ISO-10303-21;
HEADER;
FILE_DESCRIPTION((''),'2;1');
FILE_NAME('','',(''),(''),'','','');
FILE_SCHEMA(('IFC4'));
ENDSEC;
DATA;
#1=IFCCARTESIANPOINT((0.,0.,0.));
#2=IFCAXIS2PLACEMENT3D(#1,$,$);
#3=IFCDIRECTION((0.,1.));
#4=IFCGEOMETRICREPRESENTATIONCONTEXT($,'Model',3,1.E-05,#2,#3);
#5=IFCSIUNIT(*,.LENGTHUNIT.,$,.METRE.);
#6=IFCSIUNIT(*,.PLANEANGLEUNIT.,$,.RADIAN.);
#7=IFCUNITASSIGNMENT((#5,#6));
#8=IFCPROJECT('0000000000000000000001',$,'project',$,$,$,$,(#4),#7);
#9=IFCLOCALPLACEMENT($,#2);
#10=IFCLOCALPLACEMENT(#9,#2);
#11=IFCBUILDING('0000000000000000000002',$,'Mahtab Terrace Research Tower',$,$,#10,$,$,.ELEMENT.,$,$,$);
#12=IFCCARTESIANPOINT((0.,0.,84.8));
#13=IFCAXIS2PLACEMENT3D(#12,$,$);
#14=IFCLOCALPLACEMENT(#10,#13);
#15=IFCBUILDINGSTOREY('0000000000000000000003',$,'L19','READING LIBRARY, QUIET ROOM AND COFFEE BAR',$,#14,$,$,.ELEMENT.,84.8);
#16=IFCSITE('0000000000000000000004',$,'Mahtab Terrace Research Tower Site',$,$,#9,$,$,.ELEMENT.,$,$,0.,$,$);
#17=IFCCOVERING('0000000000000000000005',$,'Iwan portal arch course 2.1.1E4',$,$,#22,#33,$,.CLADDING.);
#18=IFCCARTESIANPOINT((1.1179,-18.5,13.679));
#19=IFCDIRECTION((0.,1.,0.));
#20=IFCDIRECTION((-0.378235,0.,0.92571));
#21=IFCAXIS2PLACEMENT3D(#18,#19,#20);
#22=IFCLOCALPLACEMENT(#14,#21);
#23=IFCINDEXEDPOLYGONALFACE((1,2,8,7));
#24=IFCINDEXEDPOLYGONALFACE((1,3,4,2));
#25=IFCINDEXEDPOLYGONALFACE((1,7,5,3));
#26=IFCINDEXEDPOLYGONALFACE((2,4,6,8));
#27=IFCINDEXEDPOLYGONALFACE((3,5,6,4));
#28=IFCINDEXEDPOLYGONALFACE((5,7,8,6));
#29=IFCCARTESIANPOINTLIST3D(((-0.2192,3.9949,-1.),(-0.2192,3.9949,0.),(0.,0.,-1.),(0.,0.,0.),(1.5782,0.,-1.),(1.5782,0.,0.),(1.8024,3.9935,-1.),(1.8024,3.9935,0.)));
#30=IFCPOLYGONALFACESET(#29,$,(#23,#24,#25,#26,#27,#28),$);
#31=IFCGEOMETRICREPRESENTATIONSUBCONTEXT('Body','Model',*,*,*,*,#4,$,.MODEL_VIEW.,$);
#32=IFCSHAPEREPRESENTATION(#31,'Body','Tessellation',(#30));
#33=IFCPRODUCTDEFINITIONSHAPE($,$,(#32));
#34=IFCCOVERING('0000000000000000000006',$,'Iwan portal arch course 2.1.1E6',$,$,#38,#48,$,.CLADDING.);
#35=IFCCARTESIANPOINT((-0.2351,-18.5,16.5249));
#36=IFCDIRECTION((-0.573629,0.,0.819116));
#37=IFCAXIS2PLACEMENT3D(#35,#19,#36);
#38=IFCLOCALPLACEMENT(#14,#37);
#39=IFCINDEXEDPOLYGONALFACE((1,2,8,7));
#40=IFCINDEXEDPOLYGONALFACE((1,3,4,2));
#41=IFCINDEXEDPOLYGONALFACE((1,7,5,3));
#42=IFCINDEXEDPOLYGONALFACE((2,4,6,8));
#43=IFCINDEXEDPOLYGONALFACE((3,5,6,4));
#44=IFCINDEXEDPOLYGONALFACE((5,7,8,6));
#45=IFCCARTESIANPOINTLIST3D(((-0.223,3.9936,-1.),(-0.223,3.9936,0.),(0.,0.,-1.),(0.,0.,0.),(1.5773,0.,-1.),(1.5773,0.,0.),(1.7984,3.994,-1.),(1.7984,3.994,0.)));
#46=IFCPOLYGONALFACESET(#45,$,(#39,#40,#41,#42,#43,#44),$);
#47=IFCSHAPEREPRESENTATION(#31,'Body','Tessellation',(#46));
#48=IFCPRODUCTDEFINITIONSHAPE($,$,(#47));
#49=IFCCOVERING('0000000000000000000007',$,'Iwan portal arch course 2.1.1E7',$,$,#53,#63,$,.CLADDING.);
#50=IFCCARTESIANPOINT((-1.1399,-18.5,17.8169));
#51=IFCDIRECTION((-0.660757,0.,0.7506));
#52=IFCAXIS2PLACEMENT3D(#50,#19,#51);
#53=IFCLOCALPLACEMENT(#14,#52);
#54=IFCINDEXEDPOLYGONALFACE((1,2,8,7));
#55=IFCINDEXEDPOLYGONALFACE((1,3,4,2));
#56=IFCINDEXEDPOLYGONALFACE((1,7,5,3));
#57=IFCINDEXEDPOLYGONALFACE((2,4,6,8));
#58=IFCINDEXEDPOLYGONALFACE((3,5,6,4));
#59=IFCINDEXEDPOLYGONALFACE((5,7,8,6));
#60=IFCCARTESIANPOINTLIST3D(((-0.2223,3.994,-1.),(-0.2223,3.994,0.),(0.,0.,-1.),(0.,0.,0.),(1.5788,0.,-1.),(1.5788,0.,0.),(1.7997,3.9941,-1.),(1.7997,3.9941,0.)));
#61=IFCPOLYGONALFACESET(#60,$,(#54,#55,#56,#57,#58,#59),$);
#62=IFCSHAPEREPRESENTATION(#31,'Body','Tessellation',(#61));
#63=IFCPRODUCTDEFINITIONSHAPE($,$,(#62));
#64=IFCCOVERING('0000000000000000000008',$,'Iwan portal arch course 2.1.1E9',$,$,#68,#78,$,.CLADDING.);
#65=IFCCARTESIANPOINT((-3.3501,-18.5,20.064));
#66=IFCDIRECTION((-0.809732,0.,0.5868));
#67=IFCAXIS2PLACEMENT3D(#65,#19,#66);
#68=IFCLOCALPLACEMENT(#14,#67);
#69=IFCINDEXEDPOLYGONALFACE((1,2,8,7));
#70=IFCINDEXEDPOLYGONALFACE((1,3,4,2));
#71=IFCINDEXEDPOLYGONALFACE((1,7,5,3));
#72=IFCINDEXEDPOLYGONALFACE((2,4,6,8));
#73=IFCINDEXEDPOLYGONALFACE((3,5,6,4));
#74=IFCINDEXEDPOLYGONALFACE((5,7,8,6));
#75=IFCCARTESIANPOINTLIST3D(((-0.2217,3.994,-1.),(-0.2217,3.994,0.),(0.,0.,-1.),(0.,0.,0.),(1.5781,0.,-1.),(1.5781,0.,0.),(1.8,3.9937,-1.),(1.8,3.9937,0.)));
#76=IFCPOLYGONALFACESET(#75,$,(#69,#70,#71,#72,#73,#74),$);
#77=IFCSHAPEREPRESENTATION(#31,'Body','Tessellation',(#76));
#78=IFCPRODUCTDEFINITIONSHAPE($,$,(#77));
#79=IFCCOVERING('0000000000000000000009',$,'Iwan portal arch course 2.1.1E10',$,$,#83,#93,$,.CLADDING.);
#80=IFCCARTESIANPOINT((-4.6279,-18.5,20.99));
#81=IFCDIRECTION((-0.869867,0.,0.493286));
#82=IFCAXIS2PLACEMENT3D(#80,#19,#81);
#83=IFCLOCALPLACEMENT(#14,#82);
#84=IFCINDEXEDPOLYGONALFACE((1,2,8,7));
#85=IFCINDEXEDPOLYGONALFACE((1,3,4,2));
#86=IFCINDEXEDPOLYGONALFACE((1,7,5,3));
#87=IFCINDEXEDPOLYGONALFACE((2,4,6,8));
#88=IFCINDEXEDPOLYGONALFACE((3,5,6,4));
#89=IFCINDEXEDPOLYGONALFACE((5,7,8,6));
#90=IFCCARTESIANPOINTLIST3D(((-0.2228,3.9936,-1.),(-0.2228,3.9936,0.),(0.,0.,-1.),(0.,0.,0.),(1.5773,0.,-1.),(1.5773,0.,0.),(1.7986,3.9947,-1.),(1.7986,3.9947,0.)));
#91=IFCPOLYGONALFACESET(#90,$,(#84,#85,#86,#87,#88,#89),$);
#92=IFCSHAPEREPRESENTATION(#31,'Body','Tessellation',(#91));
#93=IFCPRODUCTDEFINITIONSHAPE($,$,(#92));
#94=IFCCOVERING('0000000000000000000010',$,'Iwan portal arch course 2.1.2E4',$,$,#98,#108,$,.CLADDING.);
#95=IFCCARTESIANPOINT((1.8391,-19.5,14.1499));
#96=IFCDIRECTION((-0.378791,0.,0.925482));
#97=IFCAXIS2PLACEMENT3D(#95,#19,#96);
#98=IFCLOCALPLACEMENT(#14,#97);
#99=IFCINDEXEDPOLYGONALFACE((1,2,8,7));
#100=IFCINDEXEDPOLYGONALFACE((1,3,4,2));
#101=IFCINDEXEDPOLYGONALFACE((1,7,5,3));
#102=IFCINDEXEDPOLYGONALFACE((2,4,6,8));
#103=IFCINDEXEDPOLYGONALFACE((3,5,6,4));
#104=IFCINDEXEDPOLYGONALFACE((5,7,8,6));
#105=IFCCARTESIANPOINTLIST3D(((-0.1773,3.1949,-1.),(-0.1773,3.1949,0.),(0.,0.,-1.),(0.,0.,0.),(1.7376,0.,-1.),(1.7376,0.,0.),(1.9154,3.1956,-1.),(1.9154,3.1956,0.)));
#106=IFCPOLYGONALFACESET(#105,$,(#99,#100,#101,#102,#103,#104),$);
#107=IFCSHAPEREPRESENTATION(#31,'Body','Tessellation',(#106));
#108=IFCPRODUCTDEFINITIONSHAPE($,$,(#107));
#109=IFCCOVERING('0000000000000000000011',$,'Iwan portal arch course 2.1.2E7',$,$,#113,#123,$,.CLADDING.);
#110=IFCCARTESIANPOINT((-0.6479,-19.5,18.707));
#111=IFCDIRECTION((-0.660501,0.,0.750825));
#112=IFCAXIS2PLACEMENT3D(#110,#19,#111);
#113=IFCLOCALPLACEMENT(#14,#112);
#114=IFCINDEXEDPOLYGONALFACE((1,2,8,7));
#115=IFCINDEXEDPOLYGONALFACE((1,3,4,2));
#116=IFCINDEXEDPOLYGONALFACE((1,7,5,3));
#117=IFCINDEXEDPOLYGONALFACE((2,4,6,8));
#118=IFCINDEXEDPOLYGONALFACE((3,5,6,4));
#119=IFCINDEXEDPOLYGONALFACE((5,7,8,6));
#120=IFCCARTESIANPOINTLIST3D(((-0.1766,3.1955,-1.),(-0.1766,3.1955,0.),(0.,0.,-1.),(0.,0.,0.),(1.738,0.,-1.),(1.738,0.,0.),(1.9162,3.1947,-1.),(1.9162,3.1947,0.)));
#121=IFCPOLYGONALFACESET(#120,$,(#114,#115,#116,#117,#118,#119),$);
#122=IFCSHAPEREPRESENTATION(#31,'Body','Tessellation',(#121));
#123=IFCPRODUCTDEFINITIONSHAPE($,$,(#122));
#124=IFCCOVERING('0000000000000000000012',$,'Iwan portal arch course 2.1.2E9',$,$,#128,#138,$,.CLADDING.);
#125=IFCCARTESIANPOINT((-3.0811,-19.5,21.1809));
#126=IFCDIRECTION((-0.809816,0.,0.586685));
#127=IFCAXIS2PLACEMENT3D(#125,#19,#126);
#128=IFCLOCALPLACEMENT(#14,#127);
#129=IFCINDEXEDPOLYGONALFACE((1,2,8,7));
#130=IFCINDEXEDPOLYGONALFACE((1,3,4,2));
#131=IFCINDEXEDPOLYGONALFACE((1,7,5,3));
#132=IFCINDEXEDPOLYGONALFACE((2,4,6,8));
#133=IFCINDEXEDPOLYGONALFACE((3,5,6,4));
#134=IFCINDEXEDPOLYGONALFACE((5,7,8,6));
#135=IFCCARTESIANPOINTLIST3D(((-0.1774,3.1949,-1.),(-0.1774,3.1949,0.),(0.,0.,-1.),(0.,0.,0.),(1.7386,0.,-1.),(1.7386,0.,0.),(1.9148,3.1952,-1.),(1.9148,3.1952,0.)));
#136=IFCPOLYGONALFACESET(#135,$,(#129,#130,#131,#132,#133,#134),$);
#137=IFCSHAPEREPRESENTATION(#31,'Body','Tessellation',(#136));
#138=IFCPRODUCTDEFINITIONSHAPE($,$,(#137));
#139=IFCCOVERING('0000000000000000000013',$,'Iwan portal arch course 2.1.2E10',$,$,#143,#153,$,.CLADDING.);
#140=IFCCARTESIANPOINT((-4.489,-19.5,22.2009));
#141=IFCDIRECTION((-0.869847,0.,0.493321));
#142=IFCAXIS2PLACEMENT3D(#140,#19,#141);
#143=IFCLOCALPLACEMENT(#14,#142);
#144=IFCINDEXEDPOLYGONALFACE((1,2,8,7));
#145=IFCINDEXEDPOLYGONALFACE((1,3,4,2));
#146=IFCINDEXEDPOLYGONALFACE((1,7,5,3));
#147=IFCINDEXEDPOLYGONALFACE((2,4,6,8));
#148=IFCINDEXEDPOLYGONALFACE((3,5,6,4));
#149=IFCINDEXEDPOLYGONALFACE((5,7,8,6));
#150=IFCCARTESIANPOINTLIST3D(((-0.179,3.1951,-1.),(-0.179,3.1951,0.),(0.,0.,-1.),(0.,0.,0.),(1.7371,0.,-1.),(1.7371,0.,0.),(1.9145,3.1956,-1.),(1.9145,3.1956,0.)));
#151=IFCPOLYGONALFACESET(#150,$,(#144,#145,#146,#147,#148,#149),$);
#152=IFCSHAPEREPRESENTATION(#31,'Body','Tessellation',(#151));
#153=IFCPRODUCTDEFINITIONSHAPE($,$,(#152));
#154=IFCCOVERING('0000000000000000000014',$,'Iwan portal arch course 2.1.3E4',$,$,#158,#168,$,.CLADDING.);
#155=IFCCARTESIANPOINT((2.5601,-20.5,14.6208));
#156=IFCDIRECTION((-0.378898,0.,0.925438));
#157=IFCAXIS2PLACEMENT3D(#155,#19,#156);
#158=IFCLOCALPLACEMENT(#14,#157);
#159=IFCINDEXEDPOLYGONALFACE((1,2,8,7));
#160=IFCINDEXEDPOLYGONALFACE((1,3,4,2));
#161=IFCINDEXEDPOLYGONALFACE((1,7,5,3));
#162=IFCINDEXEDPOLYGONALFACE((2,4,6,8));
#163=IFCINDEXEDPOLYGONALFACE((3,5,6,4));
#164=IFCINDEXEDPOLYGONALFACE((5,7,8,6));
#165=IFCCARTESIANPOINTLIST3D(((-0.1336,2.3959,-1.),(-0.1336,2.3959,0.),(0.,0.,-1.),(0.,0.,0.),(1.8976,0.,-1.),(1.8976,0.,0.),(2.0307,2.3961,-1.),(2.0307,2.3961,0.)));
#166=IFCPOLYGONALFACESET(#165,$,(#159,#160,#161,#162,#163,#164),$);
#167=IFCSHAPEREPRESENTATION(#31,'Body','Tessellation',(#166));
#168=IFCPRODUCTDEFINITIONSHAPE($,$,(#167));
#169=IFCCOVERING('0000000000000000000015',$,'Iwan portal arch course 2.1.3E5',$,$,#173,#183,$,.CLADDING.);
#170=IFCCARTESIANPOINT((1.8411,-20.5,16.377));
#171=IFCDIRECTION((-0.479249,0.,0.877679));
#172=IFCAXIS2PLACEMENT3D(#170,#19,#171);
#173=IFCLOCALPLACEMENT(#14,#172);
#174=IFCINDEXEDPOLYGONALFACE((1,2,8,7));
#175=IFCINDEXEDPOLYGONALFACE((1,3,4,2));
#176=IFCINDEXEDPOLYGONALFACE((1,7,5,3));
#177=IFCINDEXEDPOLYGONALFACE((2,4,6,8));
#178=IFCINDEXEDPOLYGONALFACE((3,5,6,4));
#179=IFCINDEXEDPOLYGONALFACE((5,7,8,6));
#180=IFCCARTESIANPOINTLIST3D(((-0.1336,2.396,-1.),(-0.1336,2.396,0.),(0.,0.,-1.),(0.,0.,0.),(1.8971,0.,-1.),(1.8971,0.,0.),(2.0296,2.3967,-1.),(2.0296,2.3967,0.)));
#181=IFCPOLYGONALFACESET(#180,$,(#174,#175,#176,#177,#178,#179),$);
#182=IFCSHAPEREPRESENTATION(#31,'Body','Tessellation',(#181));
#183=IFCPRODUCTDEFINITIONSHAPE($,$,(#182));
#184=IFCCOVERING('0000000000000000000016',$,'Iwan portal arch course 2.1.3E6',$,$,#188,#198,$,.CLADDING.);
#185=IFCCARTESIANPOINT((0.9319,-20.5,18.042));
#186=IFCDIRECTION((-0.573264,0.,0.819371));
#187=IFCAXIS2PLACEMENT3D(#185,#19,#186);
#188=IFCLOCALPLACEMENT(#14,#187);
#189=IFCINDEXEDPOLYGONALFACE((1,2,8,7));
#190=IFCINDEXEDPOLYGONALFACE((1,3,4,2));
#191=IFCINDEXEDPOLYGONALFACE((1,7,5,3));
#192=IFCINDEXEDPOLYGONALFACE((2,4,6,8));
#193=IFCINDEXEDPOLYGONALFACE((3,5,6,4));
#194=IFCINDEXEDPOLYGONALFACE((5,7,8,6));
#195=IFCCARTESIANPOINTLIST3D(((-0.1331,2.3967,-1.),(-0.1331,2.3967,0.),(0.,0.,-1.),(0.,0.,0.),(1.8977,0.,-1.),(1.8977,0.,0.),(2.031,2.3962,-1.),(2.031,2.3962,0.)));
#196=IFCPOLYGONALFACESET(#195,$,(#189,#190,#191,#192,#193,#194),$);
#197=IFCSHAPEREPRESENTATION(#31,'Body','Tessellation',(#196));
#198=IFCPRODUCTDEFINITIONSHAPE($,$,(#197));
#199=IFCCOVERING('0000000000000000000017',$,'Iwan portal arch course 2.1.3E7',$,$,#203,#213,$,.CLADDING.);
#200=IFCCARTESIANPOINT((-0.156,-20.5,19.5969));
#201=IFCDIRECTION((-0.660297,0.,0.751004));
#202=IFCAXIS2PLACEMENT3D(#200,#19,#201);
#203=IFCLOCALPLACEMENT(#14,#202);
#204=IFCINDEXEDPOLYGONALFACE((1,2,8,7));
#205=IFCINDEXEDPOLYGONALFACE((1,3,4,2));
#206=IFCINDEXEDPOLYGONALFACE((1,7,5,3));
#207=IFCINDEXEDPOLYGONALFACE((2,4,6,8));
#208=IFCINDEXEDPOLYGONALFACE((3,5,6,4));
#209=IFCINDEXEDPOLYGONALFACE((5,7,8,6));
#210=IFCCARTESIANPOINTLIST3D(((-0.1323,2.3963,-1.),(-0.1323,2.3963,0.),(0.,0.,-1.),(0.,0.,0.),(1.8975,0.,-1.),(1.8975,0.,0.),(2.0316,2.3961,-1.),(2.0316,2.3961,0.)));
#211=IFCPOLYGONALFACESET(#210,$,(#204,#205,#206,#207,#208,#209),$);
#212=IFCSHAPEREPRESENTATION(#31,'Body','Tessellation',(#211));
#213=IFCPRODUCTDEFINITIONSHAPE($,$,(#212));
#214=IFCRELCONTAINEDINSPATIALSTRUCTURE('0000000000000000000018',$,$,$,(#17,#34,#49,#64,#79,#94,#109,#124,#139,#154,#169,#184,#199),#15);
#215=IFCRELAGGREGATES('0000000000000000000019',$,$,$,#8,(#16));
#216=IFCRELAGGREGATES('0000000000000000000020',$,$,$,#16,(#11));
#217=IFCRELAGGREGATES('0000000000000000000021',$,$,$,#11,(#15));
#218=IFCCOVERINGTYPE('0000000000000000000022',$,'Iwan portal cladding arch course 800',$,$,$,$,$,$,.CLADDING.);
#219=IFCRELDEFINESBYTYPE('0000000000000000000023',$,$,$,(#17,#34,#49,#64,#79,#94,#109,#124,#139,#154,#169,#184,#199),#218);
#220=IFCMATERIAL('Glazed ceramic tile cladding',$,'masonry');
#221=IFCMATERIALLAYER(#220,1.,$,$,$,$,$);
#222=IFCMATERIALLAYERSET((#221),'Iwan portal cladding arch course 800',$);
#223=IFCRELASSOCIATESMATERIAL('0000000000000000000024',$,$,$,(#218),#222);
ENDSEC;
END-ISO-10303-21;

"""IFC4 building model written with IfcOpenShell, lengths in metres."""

from ifc_helpers import new_model, si_unit, direction, frame, origin, place, context, subcontext, project, spatial, polyline, outline, extrude, material, layer, layer_set, type_object, element, save


model = new_model("IFC4")

# Units and contexts
model_context = context("Model", 3, precision=1e-05, world=origin(), true_north=direction((0.0, 1.0)))
body_context = subcontext(model_context, "Body", "Model", "MODEL_VIEW")
ifc_project = project(units=[si_unit("LENGTHUNIT", "METRE"), si_unit("PLANEANGLEUNIT", "RADIAN")], contexts=[model_context])

# Site, building, storey
site_placement = place(None, origin())
site = spatial("IfcSite", under=ifc_project, at=site_placement, Name="Mahtab Terrace Research Tower Site", CompositionType="ELEMENT", RefElevation=0.0)
building_placement = place(site_placement, origin())
building = spatial("IfcBuilding", under=site, at=building_placement, Name="Mahtab Terrace Research Tower", CompositionType="ELEMENT")
storey_placement = place(building_placement, frame((0.0, 0.0, 84.8)))
storey = spatial("IfcBuildingStorey", under=building, at=storey_placement, Name="L19", Description="READING LIBRARY, QUIET ROOM AND COFFEE BAR", CompositionType="ELEMENT", Elevation=84.8)

# Coverings
ifc_material = material(Name="Glazed ceramic tile cladding", Category="masonry")
ifc_layer = layer(ifc_material, 1.0)
ifc_layer_set = layer_set([ifc_layer], Name="Iwan portal cladding arch course 800")
covering_type = type_object("IfcCoveringType", Name="Iwan portal cladding arch course 800", PredefinedType="CLADDING", material=ifc_layer_set)
covering_1_placement = place(storey_placement, frame((1.1179, -18.5, 13.679), z_axis=(0.0, 1.0, 0.0), x_axis=(-0.378235, 0.0, 0.92571)))
element("IfcCovering", 1, at=covering_1_placement, inside=storey, type_object=covering_type, Name="Iwan portal arch course 2.1.1E4", PredefinedType="CLADDING", context=body_context, shape_type="SweptSolid", body=[
    extrude(outline(polyline([(0.0, 0.0), (1.5782, 0.0), (1.8024, 3.9935), (-0.2192, 3.9949), (0.0, 0.0)])), origin(), (0.0, 0.0, -1.0), 1.0),
])
covering_2_placement = place(storey_placement, frame((-0.2351, -18.5, 16.5249), z_axis=(0.0, 1.0, 0.0), x_axis=(-0.573629, 0.0, 0.819116)))
element("IfcCovering", 2, at=covering_2_placement, inside=storey, type_object=covering_type, Name="Iwan portal arch course 2.1.1E6", PredefinedType="CLADDING", context=body_context, shape_type="SweptSolid", body=[
    extrude(outline(polyline([(0.0, 0.0), (1.5773, 0.0), (1.7984, 3.994), (-0.223, 3.9936), (0.0, 0.0)])), origin(), (0.0, 0.0, -1.0), 1.0),
])
covering_3_placement = place(storey_placement, frame((-1.1399, -18.5, 17.8169), z_axis=(0.0, 1.0, 0.0), x_axis=(-0.660757, 0.0, 0.7506)))
element("IfcCovering", 3, at=covering_3_placement, inside=storey, type_object=covering_type, Name="Iwan portal arch course 2.1.1E7", PredefinedType="CLADDING", context=body_context, shape_type="SweptSolid", body=[
    extrude(outline(polyline([(0.0, 0.0), (1.5788, 0.0), (1.7997, 3.9941), (-0.2223, 3.994), (0.0, 0.0)])), origin(), (0.0, 0.0, -1.0), 1.0),
])
covering_4_placement = place(storey_placement, frame((-3.3501, -18.5, 20.064), z_axis=(0.0, 1.0, 0.0), x_axis=(-0.809732, 0.0, 0.5868)))
element("IfcCovering", 4, at=covering_4_placement, inside=storey, type_object=covering_type, Name="Iwan portal arch course 2.1.1E9", PredefinedType="CLADDING", context=body_context, shape_type="SweptSolid", body=[
    extrude(outline(polyline([(0.0, 0.0), (1.5781, 0.0), (1.8, 3.9937), (-0.2217, 3.994), (0.0, 0.0)])), origin(), (0.0, 0.0, -1.0), 1.0),
])
covering_5_placement = place(storey_placement, frame((-4.6279, -18.5, 20.99), z_axis=(0.0, 1.0, 0.0), x_axis=(-0.869867, 0.0, 0.493286)))
element("IfcCovering", 5, at=covering_5_placement, inside=storey, type_object=covering_type, Name="Iwan portal arch course 2.1.1E10", PredefinedType="CLADDING", context=body_context, shape_type="SweptSolid", body=[
    extrude(outline(polyline([(0.0, 0.0), (1.5773, 0.0), (1.7986, 3.9947), (-0.2228, 3.9936), (0.0, 0.0)])), origin(), (0.0, 0.0, -1.0), 1.0),
])
covering_6_placement = place(storey_placement, frame((1.8391, -19.5, 14.1499), z_axis=(0.0, 1.0, 0.0), x_axis=(-0.378791, 0.0, 0.925482)))
element("IfcCovering", 6, at=covering_6_placement, inside=storey, type_object=covering_type, Name="Iwan portal arch course 2.1.2E4", PredefinedType="CLADDING", context=body_context, shape_type="SweptSolid", body=[
    extrude(outline(polyline([(0.0, 0.0), (1.7376, 0.0), (1.9154, 3.1956), (-0.1773, 3.1949), (0.0, 0.0)])), origin(), (0.0, 0.0, -1.0), 1.0),
])
covering_7_placement = place(storey_placement, frame((-0.6479, -19.5, 18.707), z_axis=(0.0, 1.0, 0.0), x_axis=(-0.660501, 0.0, 0.750825)))
element("IfcCovering", 7, at=covering_7_placement, inside=storey, type_object=covering_type, Name="Iwan portal arch course 2.1.2E7", PredefinedType="CLADDING", context=body_context, shape_type="SweptSolid", body=[
    extrude(outline(polyline([(0.0, 0.0), (1.738, 0.0), (1.9162, 3.1947), (-0.1766, 3.1955), (0.0, 0.0)])), origin(), (0.0, 0.0, -1.0), 1.0),
])
covering_8_placement = place(storey_placement, frame((-3.0811, -19.5, 21.1809), z_axis=(0.0, 1.0, 0.0), x_axis=(-0.809816, 0.0, 0.586685)))
element("IfcCovering", 8, at=covering_8_placement, inside=storey, type_object=covering_type, Name="Iwan portal arch course 2.1.2E9", PredefinedType="CLADDING", context=body_context, shape_type="SweptSolid", body=[
    extrude(outline(polyline([(0.0, 0.0), (1.7386, 0.0), (1.9148, 3.1952), (-0.1774, 3.1949), (0.0, 0.0)])), origin(), (0.0, 0.0, -1.0), 1.0),
])
covering_9_placement = place(storey_placement, frame((-4.489, -19.5, 22.2009), z_axis=(0.0, 1.0, 0.0), x_axis=(-0.869847, 0.0, 0.493321)))
element("IfcCovering", 9, at=covering_9_placement, inside=storey, type_object=covering_type, Name="Iwan portal arch course 2.1.2E10", PredefinedType="CLADDING", context=body_context, shape_type="SweptSolid", body=[
    extrude(outline(polyline([(0.0, 0.0), (1.7371, 0.0), (1.9145, 3.1956), (-0.179, 3.1951), (0.0, 0.0)])), origin(), (0.0, 0.0, -1.0), 1.0),
])
covering_10_placement = place(storey_placement, frame((2.5601, -20.5, 14.6208), z_axis=(0.0, 1.0, 0.0), x_axis=(-0.378898, 0.0, 0.925438)))
element("IfcCovering", 10, at=covering_10_placement, inside=storey, type_object=covering_type, Name="Iwan portal arch course 2.1.3E4", PredefinedType="CLADDING", context=body_context, shape_type="SweptSolid", body=[
    extrude(outline(polyline([(0.0, 0.0), (1.8976, 0.0), (2.0307, 2.3961), (-0.1336, 2.3959), (0.0, 0.0)])), origin(), (0.0, 0.0, -1.0), 1.0),
])
covering_11_placement = place(storey_placement, frame((1.8411, -20.5, 16.377), z_axis=(0.0, 1.0, 0.0), x_axis=(-0.479249, 0.0, 0.877679)))
element("IfcCovering", 11, at=covering_11_placement, inside=storey, type_object=covering_type, Name="Iwan portal arch course 2.1.3E5", PredefinedType="CLADDING", context=body_context, shape_type="SweptSolid", body=[
    extrude(outline(polyline([(0.0, 0.0), (1.8971, 0.0), (2.0296, 2.3967), (-0.1336, 2.396), (0.0, 0.0)])), origin(), (0.0, 0.0, -1.0), 1.0),
])
covering_12_placement = place(storey_placement, frame((0.9319, -20.5, 18.042), z_axis=(0.0, 1.0, 0.0), x_axis=(-0.573264, 0.0, 0.819371)))
element("IfcCovering", 12, at=covering_12_placement, inside=storey, type_object=covering_type, Name="Iwan portal arch course 2.1.3E6", PredefinedType="CLADDING", context=body_context, shape_type="SweptSolid", body=[
    extrude(outline(polyline([(0.0, 0.0), (1.8977, 0.0), (2.031, 2.3962), (-0.1331, 2.3967), (0.0, 0.0)])), origin(), (0.0, 0.0, -1.0), 1.0),
])
covering_13_placement = place(storey_placement, frame((-0.156, -20.5, 19.5969), z_axis=(0.0, 1.0, 0.0), x_axis=(-0.660297, 0.0, 0.751004)))
element("IfcCovering", 13, at=covering_13_placement, inside=storey, type_object=covering_type, Name="Iwan portal arch course 2.1.3E7", PredefinedType="CLADDING", context=body_context, shape_type="SweptSolid", body=[
    extrude(outline(polyline([(0.0, 0.0), (1.8975, 0.0), (2.0316, 2.3961), (-0.1323, 2.3963), (0.0, 0.0)])), origin(), (0.0, 0.0, -1.0), 1.0),
])

save(model, "model.ifc")
